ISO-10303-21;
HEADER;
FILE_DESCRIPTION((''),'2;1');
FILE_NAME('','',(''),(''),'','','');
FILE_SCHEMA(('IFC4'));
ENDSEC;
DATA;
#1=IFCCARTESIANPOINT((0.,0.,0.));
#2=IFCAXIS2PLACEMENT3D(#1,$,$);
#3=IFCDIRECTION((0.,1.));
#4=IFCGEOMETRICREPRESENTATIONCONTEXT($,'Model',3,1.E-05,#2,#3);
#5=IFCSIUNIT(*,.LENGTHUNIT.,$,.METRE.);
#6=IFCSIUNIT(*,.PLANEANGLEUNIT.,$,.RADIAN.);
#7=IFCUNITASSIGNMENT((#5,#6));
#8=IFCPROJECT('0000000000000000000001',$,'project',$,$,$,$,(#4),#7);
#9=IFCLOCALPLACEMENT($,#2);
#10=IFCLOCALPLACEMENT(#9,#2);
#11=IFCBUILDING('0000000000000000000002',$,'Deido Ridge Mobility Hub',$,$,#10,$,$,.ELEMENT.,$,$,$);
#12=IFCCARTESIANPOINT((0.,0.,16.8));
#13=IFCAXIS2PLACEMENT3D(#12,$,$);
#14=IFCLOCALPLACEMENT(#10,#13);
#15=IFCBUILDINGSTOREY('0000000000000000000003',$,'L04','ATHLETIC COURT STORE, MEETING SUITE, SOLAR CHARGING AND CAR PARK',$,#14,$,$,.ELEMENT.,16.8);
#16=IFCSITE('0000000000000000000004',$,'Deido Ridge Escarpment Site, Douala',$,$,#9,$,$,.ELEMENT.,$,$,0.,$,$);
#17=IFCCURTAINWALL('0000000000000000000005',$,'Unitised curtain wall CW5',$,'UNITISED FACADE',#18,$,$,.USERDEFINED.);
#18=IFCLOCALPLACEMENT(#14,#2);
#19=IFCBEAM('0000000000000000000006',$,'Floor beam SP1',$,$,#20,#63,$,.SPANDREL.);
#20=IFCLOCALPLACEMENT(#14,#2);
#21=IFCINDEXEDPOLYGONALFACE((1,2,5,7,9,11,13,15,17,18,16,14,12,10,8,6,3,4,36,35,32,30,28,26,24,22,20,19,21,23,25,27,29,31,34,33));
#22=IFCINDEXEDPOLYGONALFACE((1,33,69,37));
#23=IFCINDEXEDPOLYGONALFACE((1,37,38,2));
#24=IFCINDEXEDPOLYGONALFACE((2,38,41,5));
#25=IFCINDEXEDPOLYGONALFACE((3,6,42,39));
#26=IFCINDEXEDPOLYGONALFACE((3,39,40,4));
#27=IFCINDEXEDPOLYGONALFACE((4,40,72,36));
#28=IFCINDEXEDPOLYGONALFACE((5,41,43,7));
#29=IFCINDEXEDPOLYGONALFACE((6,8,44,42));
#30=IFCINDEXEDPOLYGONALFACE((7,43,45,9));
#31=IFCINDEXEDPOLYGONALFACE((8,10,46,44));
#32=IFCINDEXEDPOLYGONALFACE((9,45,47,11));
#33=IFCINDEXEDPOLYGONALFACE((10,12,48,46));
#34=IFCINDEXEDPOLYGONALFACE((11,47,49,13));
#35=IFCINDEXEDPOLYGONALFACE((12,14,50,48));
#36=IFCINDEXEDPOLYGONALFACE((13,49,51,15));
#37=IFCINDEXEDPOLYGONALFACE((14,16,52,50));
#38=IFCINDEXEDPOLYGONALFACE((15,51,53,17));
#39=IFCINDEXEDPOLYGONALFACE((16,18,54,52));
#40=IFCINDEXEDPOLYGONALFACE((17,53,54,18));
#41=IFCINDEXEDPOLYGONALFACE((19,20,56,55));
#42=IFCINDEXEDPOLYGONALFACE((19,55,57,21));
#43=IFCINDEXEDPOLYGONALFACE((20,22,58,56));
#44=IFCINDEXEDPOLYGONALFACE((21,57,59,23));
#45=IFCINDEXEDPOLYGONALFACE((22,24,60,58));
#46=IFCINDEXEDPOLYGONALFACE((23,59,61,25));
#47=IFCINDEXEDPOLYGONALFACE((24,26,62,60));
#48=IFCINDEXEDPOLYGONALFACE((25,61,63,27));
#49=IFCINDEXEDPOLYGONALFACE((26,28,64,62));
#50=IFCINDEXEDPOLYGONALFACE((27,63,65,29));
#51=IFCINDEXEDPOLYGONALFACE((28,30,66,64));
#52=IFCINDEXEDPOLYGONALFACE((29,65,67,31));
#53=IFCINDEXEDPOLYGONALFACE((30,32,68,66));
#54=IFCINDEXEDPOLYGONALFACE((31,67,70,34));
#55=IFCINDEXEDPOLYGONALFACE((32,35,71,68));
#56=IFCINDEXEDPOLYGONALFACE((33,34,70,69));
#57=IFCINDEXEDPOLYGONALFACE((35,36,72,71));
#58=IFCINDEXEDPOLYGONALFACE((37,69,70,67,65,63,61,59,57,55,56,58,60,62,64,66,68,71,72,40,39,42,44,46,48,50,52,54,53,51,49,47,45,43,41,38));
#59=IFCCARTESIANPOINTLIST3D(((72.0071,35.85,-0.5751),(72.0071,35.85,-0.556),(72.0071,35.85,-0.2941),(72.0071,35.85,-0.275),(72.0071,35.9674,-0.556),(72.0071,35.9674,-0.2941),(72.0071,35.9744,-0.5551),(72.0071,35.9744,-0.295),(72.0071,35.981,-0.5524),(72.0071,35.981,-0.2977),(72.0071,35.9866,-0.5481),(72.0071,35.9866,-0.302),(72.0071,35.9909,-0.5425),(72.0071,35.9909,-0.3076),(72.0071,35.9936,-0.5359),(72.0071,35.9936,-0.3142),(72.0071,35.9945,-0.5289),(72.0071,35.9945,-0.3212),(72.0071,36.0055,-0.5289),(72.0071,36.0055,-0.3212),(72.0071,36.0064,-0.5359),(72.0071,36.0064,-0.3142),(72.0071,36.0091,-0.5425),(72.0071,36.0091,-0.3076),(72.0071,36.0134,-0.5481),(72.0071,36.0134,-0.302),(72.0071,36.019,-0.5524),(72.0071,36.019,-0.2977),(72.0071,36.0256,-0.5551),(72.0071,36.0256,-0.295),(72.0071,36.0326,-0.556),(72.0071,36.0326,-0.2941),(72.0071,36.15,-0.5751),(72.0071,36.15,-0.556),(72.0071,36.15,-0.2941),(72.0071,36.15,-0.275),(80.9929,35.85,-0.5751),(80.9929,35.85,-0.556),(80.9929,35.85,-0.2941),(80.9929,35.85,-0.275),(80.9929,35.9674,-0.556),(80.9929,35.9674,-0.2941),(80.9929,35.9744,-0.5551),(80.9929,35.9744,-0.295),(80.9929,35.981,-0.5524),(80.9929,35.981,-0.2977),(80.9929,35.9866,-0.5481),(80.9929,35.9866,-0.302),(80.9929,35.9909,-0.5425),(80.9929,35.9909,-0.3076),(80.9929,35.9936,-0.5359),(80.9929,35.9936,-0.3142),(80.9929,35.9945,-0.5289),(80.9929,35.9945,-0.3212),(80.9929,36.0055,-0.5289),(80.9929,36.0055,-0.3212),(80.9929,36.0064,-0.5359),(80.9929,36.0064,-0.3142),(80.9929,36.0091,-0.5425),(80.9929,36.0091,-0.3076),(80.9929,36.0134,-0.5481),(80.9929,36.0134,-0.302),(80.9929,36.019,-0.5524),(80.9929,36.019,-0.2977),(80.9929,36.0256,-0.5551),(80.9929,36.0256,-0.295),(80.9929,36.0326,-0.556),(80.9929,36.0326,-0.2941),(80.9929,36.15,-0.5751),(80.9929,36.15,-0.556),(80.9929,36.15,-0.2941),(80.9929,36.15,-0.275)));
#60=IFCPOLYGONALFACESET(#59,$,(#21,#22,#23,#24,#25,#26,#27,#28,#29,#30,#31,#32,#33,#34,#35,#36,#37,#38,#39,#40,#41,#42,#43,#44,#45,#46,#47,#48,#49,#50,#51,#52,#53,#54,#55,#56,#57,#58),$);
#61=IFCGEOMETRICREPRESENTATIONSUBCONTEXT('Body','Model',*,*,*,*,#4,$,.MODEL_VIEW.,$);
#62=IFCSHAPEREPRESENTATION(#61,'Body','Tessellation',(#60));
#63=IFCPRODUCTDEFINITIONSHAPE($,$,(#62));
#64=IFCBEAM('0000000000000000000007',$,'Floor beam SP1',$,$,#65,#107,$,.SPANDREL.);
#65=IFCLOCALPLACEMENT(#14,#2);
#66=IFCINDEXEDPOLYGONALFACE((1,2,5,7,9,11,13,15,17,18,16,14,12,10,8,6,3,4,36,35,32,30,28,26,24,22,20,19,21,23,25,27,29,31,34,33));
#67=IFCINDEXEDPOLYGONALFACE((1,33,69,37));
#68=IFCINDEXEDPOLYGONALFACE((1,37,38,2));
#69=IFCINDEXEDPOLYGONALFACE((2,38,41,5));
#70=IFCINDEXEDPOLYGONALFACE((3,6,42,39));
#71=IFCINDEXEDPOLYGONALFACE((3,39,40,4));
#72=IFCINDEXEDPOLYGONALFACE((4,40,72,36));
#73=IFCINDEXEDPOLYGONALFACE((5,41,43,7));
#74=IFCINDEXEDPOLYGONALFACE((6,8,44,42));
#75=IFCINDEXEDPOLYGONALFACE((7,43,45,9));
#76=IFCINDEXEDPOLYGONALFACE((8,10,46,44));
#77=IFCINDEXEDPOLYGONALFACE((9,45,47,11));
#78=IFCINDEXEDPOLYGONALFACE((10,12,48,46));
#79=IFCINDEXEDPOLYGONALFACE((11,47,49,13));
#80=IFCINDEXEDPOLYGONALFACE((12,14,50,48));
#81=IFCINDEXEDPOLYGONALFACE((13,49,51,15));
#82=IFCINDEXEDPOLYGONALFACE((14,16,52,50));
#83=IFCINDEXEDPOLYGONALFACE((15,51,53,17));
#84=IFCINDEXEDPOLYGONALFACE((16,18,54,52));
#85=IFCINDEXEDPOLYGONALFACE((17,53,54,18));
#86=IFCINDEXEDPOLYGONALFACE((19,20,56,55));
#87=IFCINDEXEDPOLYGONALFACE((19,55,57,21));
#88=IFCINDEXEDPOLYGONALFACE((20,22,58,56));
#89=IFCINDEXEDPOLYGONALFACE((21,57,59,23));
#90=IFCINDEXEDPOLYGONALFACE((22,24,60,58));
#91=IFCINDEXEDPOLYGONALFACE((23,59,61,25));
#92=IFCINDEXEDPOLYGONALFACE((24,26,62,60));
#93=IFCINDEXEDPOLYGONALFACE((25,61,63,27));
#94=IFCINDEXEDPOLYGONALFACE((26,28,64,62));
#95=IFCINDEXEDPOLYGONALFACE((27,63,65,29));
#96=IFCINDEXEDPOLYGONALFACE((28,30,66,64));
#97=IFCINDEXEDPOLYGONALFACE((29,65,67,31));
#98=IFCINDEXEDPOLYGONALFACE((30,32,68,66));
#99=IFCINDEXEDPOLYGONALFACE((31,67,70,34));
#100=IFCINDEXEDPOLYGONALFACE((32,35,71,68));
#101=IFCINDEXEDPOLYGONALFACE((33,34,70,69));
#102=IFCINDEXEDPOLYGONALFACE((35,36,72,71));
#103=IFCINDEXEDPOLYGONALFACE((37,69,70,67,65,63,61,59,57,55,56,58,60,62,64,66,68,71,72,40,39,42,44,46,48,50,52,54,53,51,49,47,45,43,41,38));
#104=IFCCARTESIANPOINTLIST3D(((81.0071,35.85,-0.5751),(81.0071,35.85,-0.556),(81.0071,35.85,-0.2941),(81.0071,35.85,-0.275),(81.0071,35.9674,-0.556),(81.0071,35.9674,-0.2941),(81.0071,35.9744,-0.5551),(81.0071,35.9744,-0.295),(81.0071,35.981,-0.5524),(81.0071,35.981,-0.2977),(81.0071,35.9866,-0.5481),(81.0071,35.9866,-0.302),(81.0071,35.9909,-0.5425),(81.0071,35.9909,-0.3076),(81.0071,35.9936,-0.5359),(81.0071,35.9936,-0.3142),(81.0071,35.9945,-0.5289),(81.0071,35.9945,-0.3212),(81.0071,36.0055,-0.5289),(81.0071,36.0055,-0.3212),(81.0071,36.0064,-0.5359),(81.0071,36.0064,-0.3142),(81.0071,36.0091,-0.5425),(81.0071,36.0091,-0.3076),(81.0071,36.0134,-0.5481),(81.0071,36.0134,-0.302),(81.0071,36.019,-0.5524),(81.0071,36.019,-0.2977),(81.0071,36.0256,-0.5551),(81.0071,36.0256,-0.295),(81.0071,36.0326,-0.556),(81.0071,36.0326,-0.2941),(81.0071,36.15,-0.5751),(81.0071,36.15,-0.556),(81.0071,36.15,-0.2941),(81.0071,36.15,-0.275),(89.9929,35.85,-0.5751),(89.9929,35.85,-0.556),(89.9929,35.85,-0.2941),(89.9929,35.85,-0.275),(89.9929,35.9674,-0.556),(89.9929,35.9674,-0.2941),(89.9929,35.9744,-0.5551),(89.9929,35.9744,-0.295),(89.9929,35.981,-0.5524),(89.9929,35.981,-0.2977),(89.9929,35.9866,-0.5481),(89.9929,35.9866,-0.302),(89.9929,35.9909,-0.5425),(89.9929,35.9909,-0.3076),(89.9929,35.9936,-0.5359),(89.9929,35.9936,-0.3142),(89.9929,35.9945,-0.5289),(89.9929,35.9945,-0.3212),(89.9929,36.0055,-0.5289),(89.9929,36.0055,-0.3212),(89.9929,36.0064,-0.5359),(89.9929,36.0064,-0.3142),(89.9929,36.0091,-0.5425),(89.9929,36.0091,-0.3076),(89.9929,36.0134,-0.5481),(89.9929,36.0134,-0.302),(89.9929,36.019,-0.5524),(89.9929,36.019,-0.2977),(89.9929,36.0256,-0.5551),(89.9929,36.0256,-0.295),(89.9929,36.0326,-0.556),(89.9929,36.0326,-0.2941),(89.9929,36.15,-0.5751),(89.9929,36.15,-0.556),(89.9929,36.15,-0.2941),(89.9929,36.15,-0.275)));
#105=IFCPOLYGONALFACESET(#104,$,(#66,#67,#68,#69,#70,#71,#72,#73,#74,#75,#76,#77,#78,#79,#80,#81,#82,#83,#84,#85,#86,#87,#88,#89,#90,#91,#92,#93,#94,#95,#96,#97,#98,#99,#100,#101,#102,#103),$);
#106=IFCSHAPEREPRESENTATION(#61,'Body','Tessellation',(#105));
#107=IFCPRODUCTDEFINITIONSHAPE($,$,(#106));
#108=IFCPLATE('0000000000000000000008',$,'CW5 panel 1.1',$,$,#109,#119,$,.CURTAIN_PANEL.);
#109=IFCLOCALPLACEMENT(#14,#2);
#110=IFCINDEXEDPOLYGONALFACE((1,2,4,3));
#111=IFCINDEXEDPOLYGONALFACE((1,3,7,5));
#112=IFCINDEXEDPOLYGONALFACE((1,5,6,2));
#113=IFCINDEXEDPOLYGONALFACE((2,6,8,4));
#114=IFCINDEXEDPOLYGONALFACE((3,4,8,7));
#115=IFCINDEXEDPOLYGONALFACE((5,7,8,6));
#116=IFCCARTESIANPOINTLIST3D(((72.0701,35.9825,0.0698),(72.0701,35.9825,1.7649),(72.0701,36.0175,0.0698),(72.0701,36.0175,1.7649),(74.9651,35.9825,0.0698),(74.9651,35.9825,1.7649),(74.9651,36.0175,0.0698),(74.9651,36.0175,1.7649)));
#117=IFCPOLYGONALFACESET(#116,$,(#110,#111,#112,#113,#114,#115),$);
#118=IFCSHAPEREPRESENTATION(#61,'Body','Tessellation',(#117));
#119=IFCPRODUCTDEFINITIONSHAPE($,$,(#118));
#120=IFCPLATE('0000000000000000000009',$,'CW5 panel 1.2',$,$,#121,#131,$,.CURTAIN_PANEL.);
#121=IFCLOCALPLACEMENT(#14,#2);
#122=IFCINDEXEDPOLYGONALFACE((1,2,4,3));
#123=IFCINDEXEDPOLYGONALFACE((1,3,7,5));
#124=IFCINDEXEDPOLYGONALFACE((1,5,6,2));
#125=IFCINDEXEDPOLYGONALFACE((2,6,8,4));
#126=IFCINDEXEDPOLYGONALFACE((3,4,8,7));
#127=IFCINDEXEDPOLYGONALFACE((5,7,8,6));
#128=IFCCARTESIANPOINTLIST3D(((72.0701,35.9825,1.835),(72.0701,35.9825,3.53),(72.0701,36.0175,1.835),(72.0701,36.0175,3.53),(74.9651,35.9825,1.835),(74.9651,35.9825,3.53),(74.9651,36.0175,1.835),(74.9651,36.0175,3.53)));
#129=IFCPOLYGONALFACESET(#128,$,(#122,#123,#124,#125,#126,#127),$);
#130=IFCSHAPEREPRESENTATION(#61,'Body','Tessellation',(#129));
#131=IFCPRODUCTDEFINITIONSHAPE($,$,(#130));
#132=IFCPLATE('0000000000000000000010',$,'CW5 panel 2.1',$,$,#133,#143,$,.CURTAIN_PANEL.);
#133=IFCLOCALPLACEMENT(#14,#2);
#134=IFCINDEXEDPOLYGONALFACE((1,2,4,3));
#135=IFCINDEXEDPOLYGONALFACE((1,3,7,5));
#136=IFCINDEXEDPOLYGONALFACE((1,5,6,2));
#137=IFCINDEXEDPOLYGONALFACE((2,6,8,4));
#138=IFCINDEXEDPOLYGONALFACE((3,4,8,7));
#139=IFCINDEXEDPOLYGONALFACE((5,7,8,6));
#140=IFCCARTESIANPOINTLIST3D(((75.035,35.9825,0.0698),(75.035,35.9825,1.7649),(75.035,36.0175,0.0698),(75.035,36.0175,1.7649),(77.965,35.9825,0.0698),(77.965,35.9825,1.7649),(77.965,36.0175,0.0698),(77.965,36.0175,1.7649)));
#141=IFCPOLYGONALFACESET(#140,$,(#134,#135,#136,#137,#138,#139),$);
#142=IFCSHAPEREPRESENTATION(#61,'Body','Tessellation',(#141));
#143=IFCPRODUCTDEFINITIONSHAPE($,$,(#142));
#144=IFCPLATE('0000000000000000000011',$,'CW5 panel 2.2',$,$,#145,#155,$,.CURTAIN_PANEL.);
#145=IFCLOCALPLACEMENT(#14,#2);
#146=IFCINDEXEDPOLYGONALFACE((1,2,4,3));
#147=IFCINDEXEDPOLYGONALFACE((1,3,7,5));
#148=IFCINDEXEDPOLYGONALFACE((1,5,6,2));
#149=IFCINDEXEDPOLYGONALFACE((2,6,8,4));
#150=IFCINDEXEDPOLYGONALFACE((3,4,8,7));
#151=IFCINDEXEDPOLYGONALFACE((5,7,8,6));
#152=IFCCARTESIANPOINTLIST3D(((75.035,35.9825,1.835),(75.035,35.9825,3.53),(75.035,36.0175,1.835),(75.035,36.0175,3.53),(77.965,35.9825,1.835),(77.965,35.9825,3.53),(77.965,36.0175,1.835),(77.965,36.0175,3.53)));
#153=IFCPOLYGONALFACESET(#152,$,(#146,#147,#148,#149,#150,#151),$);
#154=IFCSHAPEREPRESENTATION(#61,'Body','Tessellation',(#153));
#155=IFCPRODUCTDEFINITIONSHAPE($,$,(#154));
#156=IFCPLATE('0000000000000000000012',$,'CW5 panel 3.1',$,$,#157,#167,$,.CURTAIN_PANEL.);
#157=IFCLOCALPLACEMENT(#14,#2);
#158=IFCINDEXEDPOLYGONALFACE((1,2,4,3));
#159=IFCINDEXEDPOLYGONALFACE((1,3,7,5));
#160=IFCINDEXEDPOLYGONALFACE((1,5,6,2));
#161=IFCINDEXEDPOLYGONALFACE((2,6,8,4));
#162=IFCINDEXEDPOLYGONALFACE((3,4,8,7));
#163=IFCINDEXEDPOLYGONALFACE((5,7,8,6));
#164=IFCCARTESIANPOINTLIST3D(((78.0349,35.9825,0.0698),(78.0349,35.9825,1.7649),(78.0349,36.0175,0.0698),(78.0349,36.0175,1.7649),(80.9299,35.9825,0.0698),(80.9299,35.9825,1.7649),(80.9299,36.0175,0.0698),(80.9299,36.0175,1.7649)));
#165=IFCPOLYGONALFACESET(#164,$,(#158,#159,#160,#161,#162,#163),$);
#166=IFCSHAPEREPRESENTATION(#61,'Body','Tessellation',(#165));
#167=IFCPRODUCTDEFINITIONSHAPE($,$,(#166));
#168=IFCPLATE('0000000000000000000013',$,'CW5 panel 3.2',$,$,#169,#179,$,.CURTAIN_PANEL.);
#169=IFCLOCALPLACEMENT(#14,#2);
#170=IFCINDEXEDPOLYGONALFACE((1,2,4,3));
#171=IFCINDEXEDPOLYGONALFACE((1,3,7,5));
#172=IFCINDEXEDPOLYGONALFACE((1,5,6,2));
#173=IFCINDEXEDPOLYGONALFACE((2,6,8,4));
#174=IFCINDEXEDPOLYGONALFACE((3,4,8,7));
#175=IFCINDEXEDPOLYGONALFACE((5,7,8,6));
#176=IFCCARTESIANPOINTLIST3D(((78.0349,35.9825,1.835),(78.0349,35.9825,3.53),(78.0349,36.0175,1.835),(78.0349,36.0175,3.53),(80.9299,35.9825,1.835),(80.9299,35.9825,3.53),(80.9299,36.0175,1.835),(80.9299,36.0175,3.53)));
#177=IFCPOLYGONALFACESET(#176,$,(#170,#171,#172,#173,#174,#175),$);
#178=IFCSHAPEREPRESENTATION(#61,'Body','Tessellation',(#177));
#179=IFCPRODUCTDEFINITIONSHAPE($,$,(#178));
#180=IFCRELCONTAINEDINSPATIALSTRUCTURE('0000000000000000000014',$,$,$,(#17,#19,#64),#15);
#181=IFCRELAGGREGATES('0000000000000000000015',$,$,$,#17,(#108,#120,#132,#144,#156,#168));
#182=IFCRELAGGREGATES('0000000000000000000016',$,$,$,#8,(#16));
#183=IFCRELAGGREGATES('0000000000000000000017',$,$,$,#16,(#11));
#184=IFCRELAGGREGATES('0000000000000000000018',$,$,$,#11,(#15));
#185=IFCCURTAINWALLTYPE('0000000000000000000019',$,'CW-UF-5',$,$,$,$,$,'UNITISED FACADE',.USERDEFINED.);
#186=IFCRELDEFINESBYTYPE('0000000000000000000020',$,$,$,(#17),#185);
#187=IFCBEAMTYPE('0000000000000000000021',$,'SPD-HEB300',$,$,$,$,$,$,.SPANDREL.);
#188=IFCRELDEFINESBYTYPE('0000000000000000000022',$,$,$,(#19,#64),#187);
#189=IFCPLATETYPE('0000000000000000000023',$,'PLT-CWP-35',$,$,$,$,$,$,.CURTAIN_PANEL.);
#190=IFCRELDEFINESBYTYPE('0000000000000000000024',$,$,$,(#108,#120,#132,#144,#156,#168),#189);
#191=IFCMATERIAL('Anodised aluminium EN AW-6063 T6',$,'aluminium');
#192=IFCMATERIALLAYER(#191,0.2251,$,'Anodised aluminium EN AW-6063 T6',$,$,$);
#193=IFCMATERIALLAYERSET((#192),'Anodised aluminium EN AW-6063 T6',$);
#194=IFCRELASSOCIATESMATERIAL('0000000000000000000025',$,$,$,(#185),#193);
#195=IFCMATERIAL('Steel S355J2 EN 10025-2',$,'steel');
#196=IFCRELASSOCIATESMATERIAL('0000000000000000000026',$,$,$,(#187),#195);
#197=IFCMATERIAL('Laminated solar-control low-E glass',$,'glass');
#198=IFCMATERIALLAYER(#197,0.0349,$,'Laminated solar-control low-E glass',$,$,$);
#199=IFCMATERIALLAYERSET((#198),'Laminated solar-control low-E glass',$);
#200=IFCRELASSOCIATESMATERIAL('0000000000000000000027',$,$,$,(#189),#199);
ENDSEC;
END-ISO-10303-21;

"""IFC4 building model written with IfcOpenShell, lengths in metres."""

from ifc_helpers import new_model, si_unit, direction, frame, origin, origin_2d, place, context, subcontext, project, spatial, rectangle, i_section, extrude, material, layer, layer_set, material_profile, profile_set, type_object, element, aggregate, save


model = new_model("IFC4")

# Units and contexts
model_context = context("Model", 3, precision=1e-05, world=origin(), true_north=direction((0.0, 1.0)))
body_context = subcontext(model_context, "Body", "Model", "MODEL_VIEW")
ifc_project = project(units=[si_unit("LENGTHUNIT", "METRE"), si_unit("PLANEANGLEUNIT", "RADIAN")], contexts=[model_context])

# Site, building, storey
site_placement = place(None, origin())
site = spatial("IfcSite", under=ifc_project, at=site_placement, Name="Deido Ridge Escarpment Site, Douala", CompositionType="ELEMENT", RefElevation=0.0)
building_placement = place(site_placement, origin())
building = spatial("IfcBuilding", under=site, at=building_placement, Name="Deido Ridge Mobility Hub", CompositionType="ELEMENT")
storey_placement = place(building_placement, frame((0.0, 0.0, 16.8)))
storey = spatial("IfcBuildingStorey", under=building, at=storey_placement, Name="L04", Description="ATHLETIC COURT STORE, MEETING SUITE, SOLAR CHARGING AND CAR PARK", CompositionType="ELEMENT", Elevation=16.8)

# Shared definitions
ifc_material_1 = material(Name="Steel S355J2 EN 10025-2", Category="steel")

# Curtain wall
ifc_material_2 = material(Name="Anodised aluminium EN AW-6063 T6", Category="aluminium")
ifc_layer_1 = layer(ifc_material_2, 0.2251, Name="Anodised aluminium EN AW-6063 T6")
ifc_layer_set_1 = layer_set([ifc_layer_1], Name="Anodised aluminium EN AW-6063 T6")
curtain_wall_type = type_object("IfcCurtainWallType", Name="CW-UF-5", ElementType="UNITISED FACADE", PredefinedType="USERDEFINED", material=ifc_layer_set_1)
curtain_wall_1_placement = place(storey_placement, origin())
curtain_wall_1 = element("IfcCurtainWall", 1, at=curtain_wall_1_placement, inside=storey, type_object=curtain_wall_type, Name="Unitised curtain wall CW5", ObjectType="UNITISED FACADE", PredefinedType="USERDEFINED")

# Beams
ifc_material_profile_1 = material_profile(ifc_material_1, i_section(OverallWidth=0.3, OverallDepth=0.3, WebThickness=0.011, FlangeThickness=0.019, FilletRadius=0.0271, at=origin_2d()), Name="HEB 300")
ifc_profile_set_1 = profile_set([ifc_material_profile_1], Name="Steel S355J2 EN 10025-2")
beam_type_1 = type_object("IfcBeamType", Name="SPD-HEB300", PredefinedType="SPANDREL", material=ifc_profile_set_1)
for number, where, z_axis, x_axis, name in (
    (2, (72.0071, 36.0, -0.425), (1.0, 0.0, 0.0), (0.0, 1.0, 0.0), "Floor beam SP1"),
    (3, (81.0071, 36.0, -0.425), (1.0, 0.0, 0.0), (0.0, 1.0, 0.0), "Floor beam SP1"),
):
    element("IfcBeam", number, at=place(storey_placement, frame(where, z_axis=z_axis, x_axis=x_axis)), inside=storey, type_object=beam_type_1, Name=name, PredefinedType="SPANDREL", context=body_context, shape_type="SweptSolid", body=[
        extrude(i_section(OverallWidth=0.3, OverallDepth=0.3, WebThickness=0.011, FlangeThickness=0.019, FilletRadius=0.0271, at=origin_2d()), origin(), (0.0, 0.0, 1.0), 8.9858),
    ])

# Plates
ifc_material_3 = material(Name="Laminated solar-control low-E glass", Category="glass")
ifc_layer_2 = layer(ifc_material_3, 0.0349, Name="Laminated solar-control low-E glass")
ifc_layer_set_2 = layer_set([ifc_layer_2], Name="Laminated solar-control low-E glass")
plate_type = type_object("IfcPlateType", Name="PLT-CWP-35", PredefinedType="CURTAIN_PANEL", material=ifc_layer_set_2)
plate_1_placement = place(storey_placement, frame((73.5176, 36.0, 0.0698), z_axis=(0.0, 0.0, 1.0), x_axis=(1.0, 0.0, 0.0)))
plate_1 = element("IfcPlate", 4, at=plate_1_placement, type_object=plate_type, Name="CW5 panel 1.1", PredefinedType="CURTAIN_PANEL", context=body_context, shape_type="SweptSolid", body=[
    extrude(rectangle(XDim=2.895, YDim=0.0349, at=origin_2d()), origin(), (0.0, 0.0, 1.0), 1.6951),
])
plate_2_placement = place(storey_placement, frame((73.5176, 36.0, 1.835), z_axis=(0.0, 0.0, 1.0), x_axis=(1.0, 0.0, 0.0)))
plate_2 = element("IfcPlate", 5, at=plate_2_placement, type_object=plate_type, Name="CW5 panel 1.2", PredefinedType="CURTAIN_PANEL", context=body_context, shape_type="SweptSolid", body=[
    extrude(rectangle(XDim=2.895, YDim=0.0349, at=origin_2d()), origin(), (0.0, 0.0, 1.0), 1.6951),
])
plate_3_placement = place(storey_placement, frame((76.5, 36.0, 0.0698), z_axis=(0.0, 0.0, 1.0), x_axis=(1.0, 0.0, 0.0)))
plate_3 = element("IfcPlate", 6, at=plate_3_placement, type_object=plate_type, Name="CW5 panel 2.1", PredefinedType="CURTAIN_PANEL", context=body_context, shape_type="SweptSolid", body=[
    extrude(rectangle(XDim=2.9299, YDim=0.0349, at=origin_2d()), origin(), (0.0, 0.0, 1.0), 1.6951),
])
plate_4_placement = place(storey_placement, frame((76.5, 36.0, 1.835), z_axis=(0.0, 0.0, 1.0), x_axis=(1.0, 0.0, 0.0)))
plate_4 = element("IfcPlate", 7, at=plate_4_placement, type_object=plate_type, Name="CW5 panel 2.2", PredefinedType="CURTAIN_PANEL", context=body_context, shape_type="SweptSolid", body=[
    extrude(rectangle(XDim=2.9299, YDim=0.0349, at=origin_2d()), origin(), (0.0, 0.0, 1.0), 1.6951),
])
plate_5_placement = place(storey_placement, frame((79.4824, 36.0, 0.0698), z_axis=(0.0, 0.0, 1.0), x_axis=(1.0, 0.0, 0.0)))
plate_5 = element("IfcPlate", 8, at=plate_5_placement, type_object=plate_type, Name="CW5 panel 3.1", PredefinedType="CURTAIN_PANEL", context=body_context, shape_type="SweptSolid", body=[
    extrude(rectangle(XDim=2.895, YDim=0.0349, at=origin_2d()), origin(), (0.0, 0.0, 1.0), 1.6951),
])
plate_6_placement = place(storey_placement, frame((79.4824, 36.0, 1.835), z_axis=(0.0, 0.0, 1.0), x_axis=(1.0, 0.0, 0.0)))
plate_6 = element("IfcPlate", 9, at=plate_6_placement, type_object=plate_type, Name="CW5 panel 3.2", PredefinedType="CURTAIN_PANEL", context=body_context, shape_type="SweptSolid", body=[
    extrude(rectangle(XDim=2.895, YDim=0.0349, at=origin_2d()), origin(), (0.0, 0.0, 1.0), 1.6951),
])
aggregate(curtain_wall_1, [plate_1, plate_2, plate_3, plate_4, plate_5, plate_6])

save(model, "model.ifc")
